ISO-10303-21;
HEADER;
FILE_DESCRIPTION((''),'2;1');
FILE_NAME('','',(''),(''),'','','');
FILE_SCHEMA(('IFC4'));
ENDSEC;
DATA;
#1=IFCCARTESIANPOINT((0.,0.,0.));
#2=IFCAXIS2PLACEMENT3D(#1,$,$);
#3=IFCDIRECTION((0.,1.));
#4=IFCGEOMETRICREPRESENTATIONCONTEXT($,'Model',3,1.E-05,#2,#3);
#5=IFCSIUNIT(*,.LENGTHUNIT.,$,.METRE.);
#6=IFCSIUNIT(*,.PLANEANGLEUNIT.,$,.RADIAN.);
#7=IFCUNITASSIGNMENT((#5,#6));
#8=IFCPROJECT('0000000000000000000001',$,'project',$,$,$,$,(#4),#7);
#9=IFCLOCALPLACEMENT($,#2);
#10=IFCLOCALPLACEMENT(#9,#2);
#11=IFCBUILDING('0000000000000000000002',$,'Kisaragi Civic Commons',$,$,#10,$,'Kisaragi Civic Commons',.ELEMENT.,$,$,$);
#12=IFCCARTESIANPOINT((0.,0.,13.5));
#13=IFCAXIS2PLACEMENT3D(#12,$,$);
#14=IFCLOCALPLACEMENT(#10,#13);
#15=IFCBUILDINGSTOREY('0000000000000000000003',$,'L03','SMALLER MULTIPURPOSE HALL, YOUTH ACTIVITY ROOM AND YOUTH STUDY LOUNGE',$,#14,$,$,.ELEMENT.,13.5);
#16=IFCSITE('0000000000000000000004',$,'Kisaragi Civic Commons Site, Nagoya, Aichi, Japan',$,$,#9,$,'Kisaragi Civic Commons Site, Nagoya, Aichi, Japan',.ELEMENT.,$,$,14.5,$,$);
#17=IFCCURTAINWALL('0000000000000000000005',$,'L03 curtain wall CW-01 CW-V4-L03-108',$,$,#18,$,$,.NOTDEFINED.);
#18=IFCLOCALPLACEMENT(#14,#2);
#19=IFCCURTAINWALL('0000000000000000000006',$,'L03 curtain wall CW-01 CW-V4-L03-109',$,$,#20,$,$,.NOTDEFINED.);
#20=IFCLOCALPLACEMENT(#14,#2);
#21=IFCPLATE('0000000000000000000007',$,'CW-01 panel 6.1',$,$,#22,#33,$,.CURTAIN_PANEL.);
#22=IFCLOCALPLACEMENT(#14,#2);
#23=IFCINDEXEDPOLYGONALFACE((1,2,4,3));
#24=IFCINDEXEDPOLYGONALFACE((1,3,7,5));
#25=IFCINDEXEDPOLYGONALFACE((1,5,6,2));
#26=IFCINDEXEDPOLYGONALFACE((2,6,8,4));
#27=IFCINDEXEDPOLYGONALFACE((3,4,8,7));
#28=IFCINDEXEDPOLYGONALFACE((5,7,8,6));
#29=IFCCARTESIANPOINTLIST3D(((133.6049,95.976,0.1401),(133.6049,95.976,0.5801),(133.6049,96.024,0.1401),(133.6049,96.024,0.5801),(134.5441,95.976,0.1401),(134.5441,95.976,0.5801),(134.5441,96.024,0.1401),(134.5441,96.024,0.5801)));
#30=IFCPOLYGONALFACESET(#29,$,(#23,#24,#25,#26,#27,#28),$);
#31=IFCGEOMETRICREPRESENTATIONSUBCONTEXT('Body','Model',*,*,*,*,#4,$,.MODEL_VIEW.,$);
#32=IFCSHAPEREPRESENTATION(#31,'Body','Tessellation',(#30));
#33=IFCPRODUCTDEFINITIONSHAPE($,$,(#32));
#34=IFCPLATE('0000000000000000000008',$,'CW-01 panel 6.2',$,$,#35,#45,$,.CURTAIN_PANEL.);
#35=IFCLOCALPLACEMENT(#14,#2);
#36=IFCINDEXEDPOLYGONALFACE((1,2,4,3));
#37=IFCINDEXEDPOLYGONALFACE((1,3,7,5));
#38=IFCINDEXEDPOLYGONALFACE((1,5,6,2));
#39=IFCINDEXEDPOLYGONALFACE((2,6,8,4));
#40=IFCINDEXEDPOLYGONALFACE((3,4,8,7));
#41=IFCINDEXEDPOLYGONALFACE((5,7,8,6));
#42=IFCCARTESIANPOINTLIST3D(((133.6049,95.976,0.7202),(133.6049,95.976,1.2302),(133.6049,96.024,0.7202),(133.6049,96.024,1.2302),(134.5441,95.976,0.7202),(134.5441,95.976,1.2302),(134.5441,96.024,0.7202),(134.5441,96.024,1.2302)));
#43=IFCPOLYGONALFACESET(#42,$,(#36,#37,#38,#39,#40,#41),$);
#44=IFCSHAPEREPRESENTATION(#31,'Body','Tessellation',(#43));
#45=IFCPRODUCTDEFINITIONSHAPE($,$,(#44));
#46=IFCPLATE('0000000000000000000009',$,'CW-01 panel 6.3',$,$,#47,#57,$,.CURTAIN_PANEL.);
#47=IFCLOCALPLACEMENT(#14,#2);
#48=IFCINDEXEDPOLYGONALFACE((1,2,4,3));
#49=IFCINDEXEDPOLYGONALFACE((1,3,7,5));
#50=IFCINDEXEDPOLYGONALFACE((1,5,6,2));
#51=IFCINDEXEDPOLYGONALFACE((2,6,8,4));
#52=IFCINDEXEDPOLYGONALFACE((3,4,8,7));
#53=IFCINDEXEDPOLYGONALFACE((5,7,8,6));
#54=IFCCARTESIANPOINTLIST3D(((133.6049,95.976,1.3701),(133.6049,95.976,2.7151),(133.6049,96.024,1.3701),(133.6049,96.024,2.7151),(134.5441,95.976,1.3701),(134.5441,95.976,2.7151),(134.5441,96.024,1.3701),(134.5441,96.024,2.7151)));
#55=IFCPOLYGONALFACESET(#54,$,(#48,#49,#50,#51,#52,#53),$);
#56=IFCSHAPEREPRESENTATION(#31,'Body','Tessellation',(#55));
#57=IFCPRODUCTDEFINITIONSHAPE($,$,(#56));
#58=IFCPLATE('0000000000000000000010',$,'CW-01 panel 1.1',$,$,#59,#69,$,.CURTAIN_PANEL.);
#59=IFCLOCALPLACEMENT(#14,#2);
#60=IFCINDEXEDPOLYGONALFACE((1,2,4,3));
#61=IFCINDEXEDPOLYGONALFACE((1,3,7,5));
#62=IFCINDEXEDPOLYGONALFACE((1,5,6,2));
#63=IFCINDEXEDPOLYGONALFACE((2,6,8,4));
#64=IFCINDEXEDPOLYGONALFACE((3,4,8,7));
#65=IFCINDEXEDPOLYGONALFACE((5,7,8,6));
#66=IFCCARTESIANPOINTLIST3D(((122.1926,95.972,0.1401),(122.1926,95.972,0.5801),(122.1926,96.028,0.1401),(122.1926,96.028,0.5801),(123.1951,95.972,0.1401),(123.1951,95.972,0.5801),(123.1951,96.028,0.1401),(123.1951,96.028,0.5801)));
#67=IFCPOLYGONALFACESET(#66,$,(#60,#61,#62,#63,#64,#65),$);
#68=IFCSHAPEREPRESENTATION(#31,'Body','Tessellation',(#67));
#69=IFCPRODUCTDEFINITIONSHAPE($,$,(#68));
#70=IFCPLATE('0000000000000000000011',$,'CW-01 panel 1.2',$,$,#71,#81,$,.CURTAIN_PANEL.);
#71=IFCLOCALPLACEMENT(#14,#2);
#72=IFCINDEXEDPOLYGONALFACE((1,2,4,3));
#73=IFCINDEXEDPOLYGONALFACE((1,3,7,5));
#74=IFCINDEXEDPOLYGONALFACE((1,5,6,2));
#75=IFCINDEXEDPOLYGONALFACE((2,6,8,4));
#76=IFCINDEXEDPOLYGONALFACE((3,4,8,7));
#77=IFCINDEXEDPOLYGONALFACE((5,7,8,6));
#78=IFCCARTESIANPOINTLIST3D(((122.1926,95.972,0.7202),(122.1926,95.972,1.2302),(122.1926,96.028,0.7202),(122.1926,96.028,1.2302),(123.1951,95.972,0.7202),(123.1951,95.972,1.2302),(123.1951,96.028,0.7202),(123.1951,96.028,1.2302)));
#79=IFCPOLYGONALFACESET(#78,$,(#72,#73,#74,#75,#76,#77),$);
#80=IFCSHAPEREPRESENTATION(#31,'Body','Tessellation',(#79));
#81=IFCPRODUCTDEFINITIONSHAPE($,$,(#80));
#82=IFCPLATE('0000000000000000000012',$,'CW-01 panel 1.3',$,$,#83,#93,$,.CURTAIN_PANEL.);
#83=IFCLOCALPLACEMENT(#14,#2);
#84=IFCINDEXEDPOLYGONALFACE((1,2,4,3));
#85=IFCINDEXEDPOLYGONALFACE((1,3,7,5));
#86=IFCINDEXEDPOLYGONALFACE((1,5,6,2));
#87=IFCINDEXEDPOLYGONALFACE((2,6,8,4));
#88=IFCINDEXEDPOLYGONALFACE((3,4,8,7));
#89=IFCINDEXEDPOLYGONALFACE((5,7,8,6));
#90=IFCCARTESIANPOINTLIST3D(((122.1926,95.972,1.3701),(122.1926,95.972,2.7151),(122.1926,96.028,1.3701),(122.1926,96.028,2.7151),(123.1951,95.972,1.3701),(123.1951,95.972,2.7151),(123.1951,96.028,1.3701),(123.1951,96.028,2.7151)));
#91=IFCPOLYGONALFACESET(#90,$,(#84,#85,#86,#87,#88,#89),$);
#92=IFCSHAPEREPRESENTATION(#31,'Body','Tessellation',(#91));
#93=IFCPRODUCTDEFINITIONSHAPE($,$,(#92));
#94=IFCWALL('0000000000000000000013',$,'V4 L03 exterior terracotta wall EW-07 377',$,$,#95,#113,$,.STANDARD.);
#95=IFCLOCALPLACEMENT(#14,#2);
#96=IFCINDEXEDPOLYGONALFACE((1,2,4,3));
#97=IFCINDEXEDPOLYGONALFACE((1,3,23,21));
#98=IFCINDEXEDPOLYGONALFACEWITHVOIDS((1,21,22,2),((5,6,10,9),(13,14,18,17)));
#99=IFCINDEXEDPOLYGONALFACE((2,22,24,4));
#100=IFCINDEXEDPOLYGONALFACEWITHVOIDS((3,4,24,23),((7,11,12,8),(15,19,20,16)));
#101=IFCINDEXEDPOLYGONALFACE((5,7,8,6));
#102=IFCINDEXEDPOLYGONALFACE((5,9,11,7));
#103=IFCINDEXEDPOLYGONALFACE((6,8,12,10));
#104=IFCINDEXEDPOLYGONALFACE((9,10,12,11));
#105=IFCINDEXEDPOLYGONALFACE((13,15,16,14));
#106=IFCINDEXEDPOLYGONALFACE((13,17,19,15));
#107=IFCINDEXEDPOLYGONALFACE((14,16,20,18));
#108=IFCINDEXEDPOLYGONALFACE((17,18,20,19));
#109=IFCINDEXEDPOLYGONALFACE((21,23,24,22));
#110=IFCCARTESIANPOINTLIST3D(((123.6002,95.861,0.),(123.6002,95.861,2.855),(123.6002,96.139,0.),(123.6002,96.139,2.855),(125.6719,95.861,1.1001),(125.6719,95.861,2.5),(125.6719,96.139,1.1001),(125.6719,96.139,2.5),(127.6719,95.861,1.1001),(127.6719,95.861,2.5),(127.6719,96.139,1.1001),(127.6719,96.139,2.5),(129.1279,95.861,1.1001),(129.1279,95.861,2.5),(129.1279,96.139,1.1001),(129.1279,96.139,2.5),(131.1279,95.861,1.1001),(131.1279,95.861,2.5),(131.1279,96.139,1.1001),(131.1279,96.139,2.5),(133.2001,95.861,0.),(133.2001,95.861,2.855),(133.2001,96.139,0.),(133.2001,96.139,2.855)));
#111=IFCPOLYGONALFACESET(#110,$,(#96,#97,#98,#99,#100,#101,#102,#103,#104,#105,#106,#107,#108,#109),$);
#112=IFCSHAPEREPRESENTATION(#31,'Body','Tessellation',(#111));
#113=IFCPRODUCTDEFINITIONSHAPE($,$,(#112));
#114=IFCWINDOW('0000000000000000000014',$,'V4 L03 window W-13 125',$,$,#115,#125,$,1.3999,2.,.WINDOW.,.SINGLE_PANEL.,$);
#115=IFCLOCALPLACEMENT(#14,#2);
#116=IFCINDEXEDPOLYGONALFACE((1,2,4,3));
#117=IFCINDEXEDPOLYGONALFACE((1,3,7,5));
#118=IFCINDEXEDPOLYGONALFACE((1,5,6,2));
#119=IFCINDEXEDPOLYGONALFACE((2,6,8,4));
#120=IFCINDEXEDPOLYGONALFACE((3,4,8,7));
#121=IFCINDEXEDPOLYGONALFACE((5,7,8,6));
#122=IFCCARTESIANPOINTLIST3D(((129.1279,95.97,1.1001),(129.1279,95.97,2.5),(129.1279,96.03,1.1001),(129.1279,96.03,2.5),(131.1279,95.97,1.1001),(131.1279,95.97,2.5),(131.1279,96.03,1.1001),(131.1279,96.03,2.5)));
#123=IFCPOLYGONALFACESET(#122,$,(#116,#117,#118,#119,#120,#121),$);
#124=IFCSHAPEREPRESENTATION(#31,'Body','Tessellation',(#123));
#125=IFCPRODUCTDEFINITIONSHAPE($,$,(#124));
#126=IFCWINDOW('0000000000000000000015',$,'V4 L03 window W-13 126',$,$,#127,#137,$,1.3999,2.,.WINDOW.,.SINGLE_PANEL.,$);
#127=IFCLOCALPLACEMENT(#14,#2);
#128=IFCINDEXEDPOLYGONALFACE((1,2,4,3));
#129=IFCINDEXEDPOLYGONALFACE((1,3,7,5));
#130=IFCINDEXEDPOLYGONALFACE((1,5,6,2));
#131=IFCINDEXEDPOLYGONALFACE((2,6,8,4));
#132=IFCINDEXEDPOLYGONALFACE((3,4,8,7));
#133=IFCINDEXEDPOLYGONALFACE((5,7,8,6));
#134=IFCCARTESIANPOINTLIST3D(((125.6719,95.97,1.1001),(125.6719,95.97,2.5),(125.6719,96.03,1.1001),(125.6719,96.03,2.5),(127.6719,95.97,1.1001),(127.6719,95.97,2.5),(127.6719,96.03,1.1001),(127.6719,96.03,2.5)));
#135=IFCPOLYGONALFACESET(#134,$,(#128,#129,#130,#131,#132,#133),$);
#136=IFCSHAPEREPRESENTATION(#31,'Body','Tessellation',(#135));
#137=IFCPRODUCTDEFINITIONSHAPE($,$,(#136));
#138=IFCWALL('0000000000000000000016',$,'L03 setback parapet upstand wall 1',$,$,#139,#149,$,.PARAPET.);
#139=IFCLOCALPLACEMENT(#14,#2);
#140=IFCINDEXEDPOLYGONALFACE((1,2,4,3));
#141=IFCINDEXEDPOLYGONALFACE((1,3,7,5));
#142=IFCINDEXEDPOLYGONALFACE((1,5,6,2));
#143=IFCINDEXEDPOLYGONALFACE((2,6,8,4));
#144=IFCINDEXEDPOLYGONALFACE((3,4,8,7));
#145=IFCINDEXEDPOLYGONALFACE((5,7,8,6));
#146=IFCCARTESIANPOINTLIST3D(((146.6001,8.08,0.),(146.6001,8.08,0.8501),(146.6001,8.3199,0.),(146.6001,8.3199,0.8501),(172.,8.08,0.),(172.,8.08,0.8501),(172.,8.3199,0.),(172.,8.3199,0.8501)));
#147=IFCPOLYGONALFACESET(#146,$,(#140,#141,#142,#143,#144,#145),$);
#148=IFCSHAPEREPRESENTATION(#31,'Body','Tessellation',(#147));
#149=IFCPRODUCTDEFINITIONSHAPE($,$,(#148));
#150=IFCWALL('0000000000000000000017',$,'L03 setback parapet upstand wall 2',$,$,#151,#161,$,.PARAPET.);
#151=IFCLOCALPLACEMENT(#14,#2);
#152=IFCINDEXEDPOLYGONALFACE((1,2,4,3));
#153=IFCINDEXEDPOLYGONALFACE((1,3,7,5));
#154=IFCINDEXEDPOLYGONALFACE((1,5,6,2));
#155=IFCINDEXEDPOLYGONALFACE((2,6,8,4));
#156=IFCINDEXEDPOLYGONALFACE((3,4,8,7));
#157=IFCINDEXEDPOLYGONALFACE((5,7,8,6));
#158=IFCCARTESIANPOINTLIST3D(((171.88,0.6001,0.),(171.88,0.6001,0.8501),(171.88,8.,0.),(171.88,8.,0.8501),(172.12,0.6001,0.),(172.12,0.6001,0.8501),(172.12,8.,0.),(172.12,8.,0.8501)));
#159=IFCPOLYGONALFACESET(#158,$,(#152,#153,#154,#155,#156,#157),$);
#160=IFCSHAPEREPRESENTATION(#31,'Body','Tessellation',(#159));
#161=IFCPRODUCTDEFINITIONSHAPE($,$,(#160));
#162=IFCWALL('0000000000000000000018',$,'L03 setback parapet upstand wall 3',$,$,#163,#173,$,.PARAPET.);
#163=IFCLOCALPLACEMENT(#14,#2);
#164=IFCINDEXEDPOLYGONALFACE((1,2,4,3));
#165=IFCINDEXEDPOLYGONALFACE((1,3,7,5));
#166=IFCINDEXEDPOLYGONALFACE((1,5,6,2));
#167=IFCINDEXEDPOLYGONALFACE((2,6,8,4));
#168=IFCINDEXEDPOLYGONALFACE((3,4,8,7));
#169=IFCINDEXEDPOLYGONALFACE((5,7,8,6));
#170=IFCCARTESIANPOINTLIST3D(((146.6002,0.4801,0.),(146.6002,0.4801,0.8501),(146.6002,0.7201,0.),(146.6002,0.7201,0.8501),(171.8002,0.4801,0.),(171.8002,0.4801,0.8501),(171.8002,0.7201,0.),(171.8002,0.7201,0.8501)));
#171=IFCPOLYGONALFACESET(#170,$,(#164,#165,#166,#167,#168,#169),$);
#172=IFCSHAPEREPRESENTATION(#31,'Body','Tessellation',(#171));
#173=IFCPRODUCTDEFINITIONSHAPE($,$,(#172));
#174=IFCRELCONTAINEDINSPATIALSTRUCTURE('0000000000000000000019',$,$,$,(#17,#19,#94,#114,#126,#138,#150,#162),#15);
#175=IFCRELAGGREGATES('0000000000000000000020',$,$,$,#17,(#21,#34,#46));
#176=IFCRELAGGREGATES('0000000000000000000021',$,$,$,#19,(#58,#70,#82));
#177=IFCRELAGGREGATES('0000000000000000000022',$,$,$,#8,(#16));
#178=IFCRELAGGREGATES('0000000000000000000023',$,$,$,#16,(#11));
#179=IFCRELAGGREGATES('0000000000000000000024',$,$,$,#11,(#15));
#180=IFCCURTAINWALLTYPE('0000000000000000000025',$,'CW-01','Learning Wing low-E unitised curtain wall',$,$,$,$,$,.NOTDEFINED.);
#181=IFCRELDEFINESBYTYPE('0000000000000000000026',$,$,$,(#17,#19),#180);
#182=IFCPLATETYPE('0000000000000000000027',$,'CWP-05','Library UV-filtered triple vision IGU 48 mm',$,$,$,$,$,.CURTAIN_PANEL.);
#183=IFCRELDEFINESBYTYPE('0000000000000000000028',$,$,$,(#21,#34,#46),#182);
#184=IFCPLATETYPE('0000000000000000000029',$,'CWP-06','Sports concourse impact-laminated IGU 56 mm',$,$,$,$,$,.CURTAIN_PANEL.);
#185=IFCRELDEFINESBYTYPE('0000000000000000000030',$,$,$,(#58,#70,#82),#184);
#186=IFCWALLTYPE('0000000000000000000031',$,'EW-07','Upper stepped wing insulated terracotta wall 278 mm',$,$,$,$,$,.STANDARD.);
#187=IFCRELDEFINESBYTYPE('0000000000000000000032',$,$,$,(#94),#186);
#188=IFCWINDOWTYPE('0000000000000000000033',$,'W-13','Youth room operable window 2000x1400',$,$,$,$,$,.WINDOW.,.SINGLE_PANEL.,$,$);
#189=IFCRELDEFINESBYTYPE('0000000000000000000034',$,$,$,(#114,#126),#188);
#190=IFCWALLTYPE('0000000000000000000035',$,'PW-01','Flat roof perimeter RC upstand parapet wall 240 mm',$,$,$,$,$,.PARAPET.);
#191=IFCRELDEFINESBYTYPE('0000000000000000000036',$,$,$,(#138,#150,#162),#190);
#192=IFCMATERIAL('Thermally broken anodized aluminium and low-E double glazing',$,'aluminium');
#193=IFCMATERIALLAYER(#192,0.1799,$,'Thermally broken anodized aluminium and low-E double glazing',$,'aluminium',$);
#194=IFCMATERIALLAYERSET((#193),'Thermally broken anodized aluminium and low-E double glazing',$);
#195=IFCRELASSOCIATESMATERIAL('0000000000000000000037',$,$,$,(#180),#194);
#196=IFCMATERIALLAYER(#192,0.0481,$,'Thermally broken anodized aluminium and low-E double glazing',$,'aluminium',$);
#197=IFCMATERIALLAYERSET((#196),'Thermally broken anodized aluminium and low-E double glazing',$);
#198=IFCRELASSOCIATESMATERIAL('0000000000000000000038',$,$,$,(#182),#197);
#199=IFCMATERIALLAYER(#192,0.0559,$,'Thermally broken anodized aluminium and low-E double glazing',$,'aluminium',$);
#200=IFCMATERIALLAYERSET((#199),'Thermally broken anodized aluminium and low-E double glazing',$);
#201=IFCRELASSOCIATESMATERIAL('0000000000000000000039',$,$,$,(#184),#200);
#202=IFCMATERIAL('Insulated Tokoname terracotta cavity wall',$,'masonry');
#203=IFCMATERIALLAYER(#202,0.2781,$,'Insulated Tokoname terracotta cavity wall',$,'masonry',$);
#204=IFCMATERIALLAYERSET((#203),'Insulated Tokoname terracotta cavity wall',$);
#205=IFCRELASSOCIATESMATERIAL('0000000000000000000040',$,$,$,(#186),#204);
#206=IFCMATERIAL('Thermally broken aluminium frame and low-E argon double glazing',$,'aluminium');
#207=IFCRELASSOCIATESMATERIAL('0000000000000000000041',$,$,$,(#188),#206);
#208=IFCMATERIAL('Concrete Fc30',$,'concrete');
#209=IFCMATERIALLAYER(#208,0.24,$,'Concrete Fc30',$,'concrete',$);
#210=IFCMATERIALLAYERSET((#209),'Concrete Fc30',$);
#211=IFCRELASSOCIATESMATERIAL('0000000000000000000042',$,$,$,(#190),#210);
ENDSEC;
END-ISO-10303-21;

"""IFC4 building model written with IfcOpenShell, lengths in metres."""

from ifc_helpers import new_model, si_unit, direction, frame, frame_2d, origin, origin_2d, place, context, subcontext, project, spatial, rectangle, extrude, material, layer, layer_set, type_object, element, fill, aggregate, save


model = new_model("IFC4")

# Units and contexts
model_context = context("Model", 3, precision=1e-05, world=origin(), true_north=direction((0.0, 1.0)))
body_context = subcontext(model_context, "Body", "Model", "MODEL_VIEW")
ifc_project = project(units=[si_unit("LENGTHUNIT", "METRE"), si_unit("PLANEANGLEUNIT", "RADIAN")], contexts=[model_context])

# Site, building, storey
site_placement = place(None, origin())
site = spatial("IfcSite", under=ifc_project, at=site_placement, Name="Kisaragi Civic Commons Site, Nagoya, Aichi, Japan", LongName="Kisaragi Civic Commons Site, Nagoya, Aichi, Japan", CompositionType="ELEMENT", RefElevation=14.5)
building_placement = place(site_placement, origin())
building = spatial("IfcBuilding", under=site, at=building_placement, Name="Kisaragi Civic Commons", LongName="Kisaragi Civic Commons", CompositionType="ELEMENT")
storey_placement = place(building_placement, frame((0.0, 0.0, 13.5)))
storey = spatial("IfcBuildingStorey", under=building, at=storey_placement, Name="L03", Description="SMALLER MULTIPURPOSE HALL, YOUTH ACTIVITY ROOM AND YOUTH STUDY LOUNGE", CompositionType="ELEMENT", Elevation=13.5)

# Shared definitions
ifc_material_1 = material(Name="Concrete Fc30", Category="concrete")

# Curtain wall
ifc_material_2 = material(Name="Thermally broken anodized aluminium and low-E double glazing", Category="aluminium")
ifc_layer_1 = layer(ifc_material_2, 0.1799, Name="Thermally broken anodized aluminium and low-E double glazing", Category="aluminium")
ifc_layer_set_1 = layer_set([ifc_layer_1], Name="Thermally broken anodized aluminium and low-E double glazing")
curtain_wall_type = type_object("IfcCurtainWallType", Name="CW-01", Description="Learning Wing low-E unitised curtain wall", PredefinedType="NOTDEFINED", material=ifc_layer_set_1)
curtain_wall_1_placement = place(storey_placement, origin())
curtain_wall_1 = element("IfcCurtainWall", 1, at=curtain_wall_1_placement, inside=storey, type_object=curtain_wall_type, Name="L03 curtain wall CW-01 CW-V4-L03-108", PredefinedType="NOTDEFINED")

# Curtain wall
curtain_wall_2_placement = place(storey_placement, origin())
curtain_wall_2 = element("IfcCurtainWall", 2, at=curtain_wall_2_placement, inside=storey, type_object=curtain_wall_type, Name="L03 curtain wall CW-01 CW-V4-L03-109", PredefinedType="NOTDEFINED")

# Plates
ifc_layer_2 = layer(ifc_material_2, 0.0481, Name="Thermally broken anodized aluminium and low-E double glazing", Category="aluminium")
ifc_layer_set_2 = layer_set([ifc_layer_2], Name="Thermally broken anodized aluminium and low-E double glazing")
plate_type_1 = type_object("IfcPlateType", Name="CWP-05", Description="Library UV-filtered triple vision IGU 48 mm", PredefinedType="CURTAIN_PANEL", material=ifc_layer_set_2)
plate_1_placement = place(storey_placement, frame((134.0745, 96.0, 0.1401), z_axis=(0.0, 0.0, 1.0), x_axis=(-1.0, 0.0, 0.0)))
plate_1 = element("IfcPlate", 3, at=plate_1_placement, type_object=plate_type_1, Name="CW-01 panel 6.1", PredefinedType="CURTAIN_PANEL", context=body_context, shape_type="SweptSolid", body=[
    extrude(rectangle(XDim=0.9392, YDim=0.0481, at=origin_2d()), origin(), (0.0, 0.0, 1.0), 0.4399),
])
plate_2_placement = place(storey_placement, frame((134.0745, 96.0, 0.7202), z_axis=(0.0, 0.0, 1.0), x_axis=(-1.0, 0.0, 0.0)))
plate_2 = element("IfcPlate", 4, at=plate_2_placement, type_object=plate_type_1, Name="CW-01 panel 6.2", PredefinedType="CURTAIN_PANEL", context=body_context, shape_type="SweptSolid", body=[
    extrude(rectangle(XDim=0.9392, YDim=0.0481, at=origin_2d()), origin(), (0.0, 0.0, 1.0), 0.51),
])
plate_3_placement = place(storey_placement, frame((134.0745, 96.0, 1.3701), z_axis=(0.0, 0.0, 1.0), x_axis=(-1.0, 0.0, 0.0)))
plate_3 = element("IfcPlate", 5, at=plate_3_placement, type_object=plate_type_1, Name="CW-01 panel 6.3", PredefinedType="CURTAIN_PANEL", context=body_context, shape_type="SweptSolid", body=[
    extrude(rectangle(XDim=0.9392, YDim=0.0481, at=origin_2d()), origin(), (0.0, 0.0, 1.0), 1.345),
])
aggregate(curtain_wall_1, [plate_1, plate_2, plate_3])
ifc_layer_3 = layer(ifc_material_2, 0.0559, Name="Thermally broken anodized aluminium and low-E double glazing", Category="aluminium")
ifc_layer_set_3 = layer_set([ifc_layer_3], Name="Thermally broken anodized aluminium and low-E double glazing")
plate_type_2 = type_object("IfcPlateType", Name="CWP-06", Description="Sports concourse impact-laminated IGU 56 mm", PredefinedType="CURTAIN_PANEL", material=ifc_layer_set_3)
plate_4_placement = place(storey_placement, frame((122.6938, 96.0, 0.1401), z_axis=(0.0, 0.0, 1.0), x_axis=(-1.0, 0.0, 0.0)))
plate_4 = element("IfcPlate", 6, at=plate_4_placement, type_object=plate_type_2, Name="CW-01 panel 1.1", PredefinedType="CURTAIN_PANEL", context=body_context, shape_type="SweptSolid", body=[
    extrude(rectangle(XDim=1.0024, YDim=0.0559, at=origin_2d()), origin(), (0.0, 0.0, 1.0), 0.4399),
])
plate_5_placement = place(storey_placement, frame((122.6938, 96.0, 0.7202), z_axis=(0.0, 0.0, 1.0), x_axis=(-1.0, 0.0, 0.0)))
plate_5 = element("IfcPlate", 7, at=plate_5_placement, type_object=plate_type_2, Name="CW-01 panel 1.2", PredefinedType="CURTAIN_PANEL", context=body_context, shape_type="SweptSolid", body=[
    extrude(rectangle(XDim=1.0024, YDim=0.0559, at=origin_2d()), origin(), (0.0, 0.0, 1.0), 0.51),
])
plate_6_placement = place(storey_placement, frame((122.6938, 96.0, 1.3701), z_axis=(0.0, 0.0, 1.0), x_axis=(-1.0, 0.0, 0.0)))
plate_6 = element("IfcPlate", 8, at=plate_6_placement, type_object=plate_type_2, Name="CW-01 panel 1.3", PredefinedType="CURTAIN_PANEL", context=body_context, shape_type="SweptSolid", body=[
    extrude(rectangle(XDim=1.0024, YDim=0.0559, at=origin_2d()), origin(), (0.0, 0.0, 1.0), 1.345),
])
aggregate(curtain_wall_2, [plate_4, plate_5, plate_6])

# Wall, openings, windows
ifc_material_3 = material(Name="Insulated Tokoname terracotta cavity wall", Category="masonry")
ifc_layer_4 = layer(ifc_material_3, 0.2781, Name="Insulated Tokoname terracotta cavity wall", Category="masonry")
ifc_layer_set_4 = layer_set([ifc_layer_4], Name="Insulated Tokoname terracotta cavity wall")
wall_type_1 = type_object("IfcWallType", Name="EW-07", Description="Upper stepped wing insulated terracotta wall 278 mm", PredefinedType="STANDARD", material=ifc_layer_set_4)
wall_1_placement = place(storey_placement, frame((133.2, 96.0, 0.0), z_axis=(0.0, 0.0, 1.0), x_axis=(-1.0, 0.0, 0.0)))
wall_1 = element("IfcWall", 9, at=wall_1_placement, inside=storey, type_object=wall_type_1, Name="V4 L03 exterior terracotta wall EW-07 377", PredefinedType="STANDARD", context=body_context, shape_type="SweptSolid", body=[
    extrude(rectangle(XDim=9.5999, YDim=0.2781, at=frame_2d((4.7998, 0.0))), origin(), (0.0, 0.0, 1.0), 2.855),
])
opening_1_placement = place(wall_1_placement, frame((2.072, 0.0, 1.1001)))
opening_1 = element("IfcOpeningElement", 10, at=opening_1_placement, cuts=wall_1, PredefinedType="OPENING", context=body_context, shape_type="SweptSolid", body=[
    extrude(rectangle(XDim=2.0, YDim=1.3999, at=frame_2d((1.0, 0.7))), frame((0.0, 0.1489, 0.0), z_axis=(0.0, -1.0, 0.0), x_axis=(1.0, 0.0, 0.0)), (0.0, 0.0, 1.0), 0.2981),
])
opening_2_placement = place(wall_1_placement, frame((5.5281, 0.0, 1.1001)))
opening_2 = element("IfcOpeningElement", 11, at=opening_2_placement, cuts=wall_1, PredefinedType="OPENING", context=body_context, shape_type="SweptSolid", body=[
    extrude(rectangle(XDim=2.0, YDim=1.3999, at=frame_2d((1.0, 0.7))), frame((0.0, 0.1489, 0.0), z_axis=(0.0, -1.0, 0.0), x_axis=(1.0, 0.0, 0.0)), (0.0, 0.0, 1.0), 0.2981),
])
ifc_material_4 = material(Name="Thermally broken aluminium frame and low-E argon double glazing", Category="aluminium")
window_type = type_object("IfcWindowType", Name="W-13", Description="Youth room operable window 2000x1400", PartitioningType="SINGLE_PANEL", PredefinedType="WINDOW", material=ifc_material_4)
window_1_placement = place(opening_1_placement, origin())
window_1 = element("IfcWindow", 12, at=window_1_placement, inside=storey, type_object=window_type, Name="V4 L03 window W-13 125", OverallHeight=1.3999, OverallWidth=2.0, PartitioningType="SINGLE_PANEL", PredefinedType="WINDOW", context=body_context, shape_type="SweptSolid", body=[
    extrude(rectangle(XDim=2.0, YDim=1.3999, at=frame_2d((1.0, 0.7))), frame((0.0, 0.03, 0.0), z_axis=(0.0, -1.0, 0.0), x_axis=(1.0, 0.0, 0.0)), (0.0, 0.0, 1.0), 0.0601),
])
fill(opening_1, window_1)
window_2_placement = place(opening_2_placement, origin())
window_2 = element("IfcWindow", 13, at=window_2_placement, inside=storey, type_object=window_type, Name="V4 L03 window W-13 126", OverallHeight=1.3999, OverallWidth=2.0, PartitioningType="SINGLE_PANEL", PredefinedType="WINDOW", context=body_context, shape_type="SweptSolid", body=[
    extrude(rectangle(XDim=2.0, YDim=1.3999, at=frame_2d((1.0, 0.7))), frame((0.0, 0.03, 0.0), z_axis=(0.0, -1.0, 0.0), x_axis=(1.0, 0.0, 0.0)), (0.0, 0.0, 1.0), 0.0601),
])
fill(opening_2, window_2)

# Walls
ifc_layer_5 = layer(ifc_material_1, 0.24, Name="Concrete Fc30", Category="concrete")
ifc_layer_set_5 = layer_set([ifc_layer_5], Name="Concrete Fc30")
wall_type_2 = type_object("IfcWallType", Name="PW-01", Description="Flat roof perimeter RC upstand parapet wall 240 mm", PredefinedType="PARAPET", material=ifc_layer_set_5)
wall_2_placement = place(storey_placement, frame((146.6001, 8.2, 0.0), z_axis=(0.0, 0.0, 1.0), x_axis=(1.0, 0.0, 0.0)))
element("IfcWall", 14, at=wall_2_placement, inside=storey, type_object=wall_type_2, Name="L03 setback parapet upstand wall 1", PredefinedType="PARAPET", context=body_context, shape_type="SweptSolid", body=[
    extrude(rectangle(XDim=25.3999, YDim=0.24, at=frame_2d((12.7, 0.0))), origin(), (0.0, 0.0, 1.0), 0.8501),
])
wall_3_placement = place(storey_placement, frame((172.0, 0.6001, 0.0), z_axis=(0.0, 0.0, 1.0), x_axis=(0.0, 1.0, 0.0)))
element("IfcWall", 15, at=wall_3_placement, inside=storey, type_object=wall_type_2, Name="L03 setback parapet upstand wall 2", PredefinedType="PARAPET", context=body_context, shape_type="SweptSolid", body=[
    extrude(rectangle(XDim=7.3999, YDim=0.24, at=frame_2d((3.7, 0.0))), origin(), (0.0, 0.0, 1.0), 0.8501),
])
wall_4_placement = place(storey_placement, frame((146.6001, 0.6001, 0.0), z_axis=(0.0, 0.0, 1.0), x_axis=(1.0, 0.0, 0.0)))
element("IfcWall", 16, at=wall_4_placement, inside=storey, type_object=wall_type_2, Name="L03 setback parapet upstand wall 3", PredefinedType="PARAPET", context=body_context, shape_type="SweptSolid", body=[
    extrude(rectangle(XDim=25.2, YDim=0.24, at=frame_2d((12.6001, 0.0))), origin(), (0.0, 0.0, 1.0), 0.8501),
])

save(model, "model.ifc")
